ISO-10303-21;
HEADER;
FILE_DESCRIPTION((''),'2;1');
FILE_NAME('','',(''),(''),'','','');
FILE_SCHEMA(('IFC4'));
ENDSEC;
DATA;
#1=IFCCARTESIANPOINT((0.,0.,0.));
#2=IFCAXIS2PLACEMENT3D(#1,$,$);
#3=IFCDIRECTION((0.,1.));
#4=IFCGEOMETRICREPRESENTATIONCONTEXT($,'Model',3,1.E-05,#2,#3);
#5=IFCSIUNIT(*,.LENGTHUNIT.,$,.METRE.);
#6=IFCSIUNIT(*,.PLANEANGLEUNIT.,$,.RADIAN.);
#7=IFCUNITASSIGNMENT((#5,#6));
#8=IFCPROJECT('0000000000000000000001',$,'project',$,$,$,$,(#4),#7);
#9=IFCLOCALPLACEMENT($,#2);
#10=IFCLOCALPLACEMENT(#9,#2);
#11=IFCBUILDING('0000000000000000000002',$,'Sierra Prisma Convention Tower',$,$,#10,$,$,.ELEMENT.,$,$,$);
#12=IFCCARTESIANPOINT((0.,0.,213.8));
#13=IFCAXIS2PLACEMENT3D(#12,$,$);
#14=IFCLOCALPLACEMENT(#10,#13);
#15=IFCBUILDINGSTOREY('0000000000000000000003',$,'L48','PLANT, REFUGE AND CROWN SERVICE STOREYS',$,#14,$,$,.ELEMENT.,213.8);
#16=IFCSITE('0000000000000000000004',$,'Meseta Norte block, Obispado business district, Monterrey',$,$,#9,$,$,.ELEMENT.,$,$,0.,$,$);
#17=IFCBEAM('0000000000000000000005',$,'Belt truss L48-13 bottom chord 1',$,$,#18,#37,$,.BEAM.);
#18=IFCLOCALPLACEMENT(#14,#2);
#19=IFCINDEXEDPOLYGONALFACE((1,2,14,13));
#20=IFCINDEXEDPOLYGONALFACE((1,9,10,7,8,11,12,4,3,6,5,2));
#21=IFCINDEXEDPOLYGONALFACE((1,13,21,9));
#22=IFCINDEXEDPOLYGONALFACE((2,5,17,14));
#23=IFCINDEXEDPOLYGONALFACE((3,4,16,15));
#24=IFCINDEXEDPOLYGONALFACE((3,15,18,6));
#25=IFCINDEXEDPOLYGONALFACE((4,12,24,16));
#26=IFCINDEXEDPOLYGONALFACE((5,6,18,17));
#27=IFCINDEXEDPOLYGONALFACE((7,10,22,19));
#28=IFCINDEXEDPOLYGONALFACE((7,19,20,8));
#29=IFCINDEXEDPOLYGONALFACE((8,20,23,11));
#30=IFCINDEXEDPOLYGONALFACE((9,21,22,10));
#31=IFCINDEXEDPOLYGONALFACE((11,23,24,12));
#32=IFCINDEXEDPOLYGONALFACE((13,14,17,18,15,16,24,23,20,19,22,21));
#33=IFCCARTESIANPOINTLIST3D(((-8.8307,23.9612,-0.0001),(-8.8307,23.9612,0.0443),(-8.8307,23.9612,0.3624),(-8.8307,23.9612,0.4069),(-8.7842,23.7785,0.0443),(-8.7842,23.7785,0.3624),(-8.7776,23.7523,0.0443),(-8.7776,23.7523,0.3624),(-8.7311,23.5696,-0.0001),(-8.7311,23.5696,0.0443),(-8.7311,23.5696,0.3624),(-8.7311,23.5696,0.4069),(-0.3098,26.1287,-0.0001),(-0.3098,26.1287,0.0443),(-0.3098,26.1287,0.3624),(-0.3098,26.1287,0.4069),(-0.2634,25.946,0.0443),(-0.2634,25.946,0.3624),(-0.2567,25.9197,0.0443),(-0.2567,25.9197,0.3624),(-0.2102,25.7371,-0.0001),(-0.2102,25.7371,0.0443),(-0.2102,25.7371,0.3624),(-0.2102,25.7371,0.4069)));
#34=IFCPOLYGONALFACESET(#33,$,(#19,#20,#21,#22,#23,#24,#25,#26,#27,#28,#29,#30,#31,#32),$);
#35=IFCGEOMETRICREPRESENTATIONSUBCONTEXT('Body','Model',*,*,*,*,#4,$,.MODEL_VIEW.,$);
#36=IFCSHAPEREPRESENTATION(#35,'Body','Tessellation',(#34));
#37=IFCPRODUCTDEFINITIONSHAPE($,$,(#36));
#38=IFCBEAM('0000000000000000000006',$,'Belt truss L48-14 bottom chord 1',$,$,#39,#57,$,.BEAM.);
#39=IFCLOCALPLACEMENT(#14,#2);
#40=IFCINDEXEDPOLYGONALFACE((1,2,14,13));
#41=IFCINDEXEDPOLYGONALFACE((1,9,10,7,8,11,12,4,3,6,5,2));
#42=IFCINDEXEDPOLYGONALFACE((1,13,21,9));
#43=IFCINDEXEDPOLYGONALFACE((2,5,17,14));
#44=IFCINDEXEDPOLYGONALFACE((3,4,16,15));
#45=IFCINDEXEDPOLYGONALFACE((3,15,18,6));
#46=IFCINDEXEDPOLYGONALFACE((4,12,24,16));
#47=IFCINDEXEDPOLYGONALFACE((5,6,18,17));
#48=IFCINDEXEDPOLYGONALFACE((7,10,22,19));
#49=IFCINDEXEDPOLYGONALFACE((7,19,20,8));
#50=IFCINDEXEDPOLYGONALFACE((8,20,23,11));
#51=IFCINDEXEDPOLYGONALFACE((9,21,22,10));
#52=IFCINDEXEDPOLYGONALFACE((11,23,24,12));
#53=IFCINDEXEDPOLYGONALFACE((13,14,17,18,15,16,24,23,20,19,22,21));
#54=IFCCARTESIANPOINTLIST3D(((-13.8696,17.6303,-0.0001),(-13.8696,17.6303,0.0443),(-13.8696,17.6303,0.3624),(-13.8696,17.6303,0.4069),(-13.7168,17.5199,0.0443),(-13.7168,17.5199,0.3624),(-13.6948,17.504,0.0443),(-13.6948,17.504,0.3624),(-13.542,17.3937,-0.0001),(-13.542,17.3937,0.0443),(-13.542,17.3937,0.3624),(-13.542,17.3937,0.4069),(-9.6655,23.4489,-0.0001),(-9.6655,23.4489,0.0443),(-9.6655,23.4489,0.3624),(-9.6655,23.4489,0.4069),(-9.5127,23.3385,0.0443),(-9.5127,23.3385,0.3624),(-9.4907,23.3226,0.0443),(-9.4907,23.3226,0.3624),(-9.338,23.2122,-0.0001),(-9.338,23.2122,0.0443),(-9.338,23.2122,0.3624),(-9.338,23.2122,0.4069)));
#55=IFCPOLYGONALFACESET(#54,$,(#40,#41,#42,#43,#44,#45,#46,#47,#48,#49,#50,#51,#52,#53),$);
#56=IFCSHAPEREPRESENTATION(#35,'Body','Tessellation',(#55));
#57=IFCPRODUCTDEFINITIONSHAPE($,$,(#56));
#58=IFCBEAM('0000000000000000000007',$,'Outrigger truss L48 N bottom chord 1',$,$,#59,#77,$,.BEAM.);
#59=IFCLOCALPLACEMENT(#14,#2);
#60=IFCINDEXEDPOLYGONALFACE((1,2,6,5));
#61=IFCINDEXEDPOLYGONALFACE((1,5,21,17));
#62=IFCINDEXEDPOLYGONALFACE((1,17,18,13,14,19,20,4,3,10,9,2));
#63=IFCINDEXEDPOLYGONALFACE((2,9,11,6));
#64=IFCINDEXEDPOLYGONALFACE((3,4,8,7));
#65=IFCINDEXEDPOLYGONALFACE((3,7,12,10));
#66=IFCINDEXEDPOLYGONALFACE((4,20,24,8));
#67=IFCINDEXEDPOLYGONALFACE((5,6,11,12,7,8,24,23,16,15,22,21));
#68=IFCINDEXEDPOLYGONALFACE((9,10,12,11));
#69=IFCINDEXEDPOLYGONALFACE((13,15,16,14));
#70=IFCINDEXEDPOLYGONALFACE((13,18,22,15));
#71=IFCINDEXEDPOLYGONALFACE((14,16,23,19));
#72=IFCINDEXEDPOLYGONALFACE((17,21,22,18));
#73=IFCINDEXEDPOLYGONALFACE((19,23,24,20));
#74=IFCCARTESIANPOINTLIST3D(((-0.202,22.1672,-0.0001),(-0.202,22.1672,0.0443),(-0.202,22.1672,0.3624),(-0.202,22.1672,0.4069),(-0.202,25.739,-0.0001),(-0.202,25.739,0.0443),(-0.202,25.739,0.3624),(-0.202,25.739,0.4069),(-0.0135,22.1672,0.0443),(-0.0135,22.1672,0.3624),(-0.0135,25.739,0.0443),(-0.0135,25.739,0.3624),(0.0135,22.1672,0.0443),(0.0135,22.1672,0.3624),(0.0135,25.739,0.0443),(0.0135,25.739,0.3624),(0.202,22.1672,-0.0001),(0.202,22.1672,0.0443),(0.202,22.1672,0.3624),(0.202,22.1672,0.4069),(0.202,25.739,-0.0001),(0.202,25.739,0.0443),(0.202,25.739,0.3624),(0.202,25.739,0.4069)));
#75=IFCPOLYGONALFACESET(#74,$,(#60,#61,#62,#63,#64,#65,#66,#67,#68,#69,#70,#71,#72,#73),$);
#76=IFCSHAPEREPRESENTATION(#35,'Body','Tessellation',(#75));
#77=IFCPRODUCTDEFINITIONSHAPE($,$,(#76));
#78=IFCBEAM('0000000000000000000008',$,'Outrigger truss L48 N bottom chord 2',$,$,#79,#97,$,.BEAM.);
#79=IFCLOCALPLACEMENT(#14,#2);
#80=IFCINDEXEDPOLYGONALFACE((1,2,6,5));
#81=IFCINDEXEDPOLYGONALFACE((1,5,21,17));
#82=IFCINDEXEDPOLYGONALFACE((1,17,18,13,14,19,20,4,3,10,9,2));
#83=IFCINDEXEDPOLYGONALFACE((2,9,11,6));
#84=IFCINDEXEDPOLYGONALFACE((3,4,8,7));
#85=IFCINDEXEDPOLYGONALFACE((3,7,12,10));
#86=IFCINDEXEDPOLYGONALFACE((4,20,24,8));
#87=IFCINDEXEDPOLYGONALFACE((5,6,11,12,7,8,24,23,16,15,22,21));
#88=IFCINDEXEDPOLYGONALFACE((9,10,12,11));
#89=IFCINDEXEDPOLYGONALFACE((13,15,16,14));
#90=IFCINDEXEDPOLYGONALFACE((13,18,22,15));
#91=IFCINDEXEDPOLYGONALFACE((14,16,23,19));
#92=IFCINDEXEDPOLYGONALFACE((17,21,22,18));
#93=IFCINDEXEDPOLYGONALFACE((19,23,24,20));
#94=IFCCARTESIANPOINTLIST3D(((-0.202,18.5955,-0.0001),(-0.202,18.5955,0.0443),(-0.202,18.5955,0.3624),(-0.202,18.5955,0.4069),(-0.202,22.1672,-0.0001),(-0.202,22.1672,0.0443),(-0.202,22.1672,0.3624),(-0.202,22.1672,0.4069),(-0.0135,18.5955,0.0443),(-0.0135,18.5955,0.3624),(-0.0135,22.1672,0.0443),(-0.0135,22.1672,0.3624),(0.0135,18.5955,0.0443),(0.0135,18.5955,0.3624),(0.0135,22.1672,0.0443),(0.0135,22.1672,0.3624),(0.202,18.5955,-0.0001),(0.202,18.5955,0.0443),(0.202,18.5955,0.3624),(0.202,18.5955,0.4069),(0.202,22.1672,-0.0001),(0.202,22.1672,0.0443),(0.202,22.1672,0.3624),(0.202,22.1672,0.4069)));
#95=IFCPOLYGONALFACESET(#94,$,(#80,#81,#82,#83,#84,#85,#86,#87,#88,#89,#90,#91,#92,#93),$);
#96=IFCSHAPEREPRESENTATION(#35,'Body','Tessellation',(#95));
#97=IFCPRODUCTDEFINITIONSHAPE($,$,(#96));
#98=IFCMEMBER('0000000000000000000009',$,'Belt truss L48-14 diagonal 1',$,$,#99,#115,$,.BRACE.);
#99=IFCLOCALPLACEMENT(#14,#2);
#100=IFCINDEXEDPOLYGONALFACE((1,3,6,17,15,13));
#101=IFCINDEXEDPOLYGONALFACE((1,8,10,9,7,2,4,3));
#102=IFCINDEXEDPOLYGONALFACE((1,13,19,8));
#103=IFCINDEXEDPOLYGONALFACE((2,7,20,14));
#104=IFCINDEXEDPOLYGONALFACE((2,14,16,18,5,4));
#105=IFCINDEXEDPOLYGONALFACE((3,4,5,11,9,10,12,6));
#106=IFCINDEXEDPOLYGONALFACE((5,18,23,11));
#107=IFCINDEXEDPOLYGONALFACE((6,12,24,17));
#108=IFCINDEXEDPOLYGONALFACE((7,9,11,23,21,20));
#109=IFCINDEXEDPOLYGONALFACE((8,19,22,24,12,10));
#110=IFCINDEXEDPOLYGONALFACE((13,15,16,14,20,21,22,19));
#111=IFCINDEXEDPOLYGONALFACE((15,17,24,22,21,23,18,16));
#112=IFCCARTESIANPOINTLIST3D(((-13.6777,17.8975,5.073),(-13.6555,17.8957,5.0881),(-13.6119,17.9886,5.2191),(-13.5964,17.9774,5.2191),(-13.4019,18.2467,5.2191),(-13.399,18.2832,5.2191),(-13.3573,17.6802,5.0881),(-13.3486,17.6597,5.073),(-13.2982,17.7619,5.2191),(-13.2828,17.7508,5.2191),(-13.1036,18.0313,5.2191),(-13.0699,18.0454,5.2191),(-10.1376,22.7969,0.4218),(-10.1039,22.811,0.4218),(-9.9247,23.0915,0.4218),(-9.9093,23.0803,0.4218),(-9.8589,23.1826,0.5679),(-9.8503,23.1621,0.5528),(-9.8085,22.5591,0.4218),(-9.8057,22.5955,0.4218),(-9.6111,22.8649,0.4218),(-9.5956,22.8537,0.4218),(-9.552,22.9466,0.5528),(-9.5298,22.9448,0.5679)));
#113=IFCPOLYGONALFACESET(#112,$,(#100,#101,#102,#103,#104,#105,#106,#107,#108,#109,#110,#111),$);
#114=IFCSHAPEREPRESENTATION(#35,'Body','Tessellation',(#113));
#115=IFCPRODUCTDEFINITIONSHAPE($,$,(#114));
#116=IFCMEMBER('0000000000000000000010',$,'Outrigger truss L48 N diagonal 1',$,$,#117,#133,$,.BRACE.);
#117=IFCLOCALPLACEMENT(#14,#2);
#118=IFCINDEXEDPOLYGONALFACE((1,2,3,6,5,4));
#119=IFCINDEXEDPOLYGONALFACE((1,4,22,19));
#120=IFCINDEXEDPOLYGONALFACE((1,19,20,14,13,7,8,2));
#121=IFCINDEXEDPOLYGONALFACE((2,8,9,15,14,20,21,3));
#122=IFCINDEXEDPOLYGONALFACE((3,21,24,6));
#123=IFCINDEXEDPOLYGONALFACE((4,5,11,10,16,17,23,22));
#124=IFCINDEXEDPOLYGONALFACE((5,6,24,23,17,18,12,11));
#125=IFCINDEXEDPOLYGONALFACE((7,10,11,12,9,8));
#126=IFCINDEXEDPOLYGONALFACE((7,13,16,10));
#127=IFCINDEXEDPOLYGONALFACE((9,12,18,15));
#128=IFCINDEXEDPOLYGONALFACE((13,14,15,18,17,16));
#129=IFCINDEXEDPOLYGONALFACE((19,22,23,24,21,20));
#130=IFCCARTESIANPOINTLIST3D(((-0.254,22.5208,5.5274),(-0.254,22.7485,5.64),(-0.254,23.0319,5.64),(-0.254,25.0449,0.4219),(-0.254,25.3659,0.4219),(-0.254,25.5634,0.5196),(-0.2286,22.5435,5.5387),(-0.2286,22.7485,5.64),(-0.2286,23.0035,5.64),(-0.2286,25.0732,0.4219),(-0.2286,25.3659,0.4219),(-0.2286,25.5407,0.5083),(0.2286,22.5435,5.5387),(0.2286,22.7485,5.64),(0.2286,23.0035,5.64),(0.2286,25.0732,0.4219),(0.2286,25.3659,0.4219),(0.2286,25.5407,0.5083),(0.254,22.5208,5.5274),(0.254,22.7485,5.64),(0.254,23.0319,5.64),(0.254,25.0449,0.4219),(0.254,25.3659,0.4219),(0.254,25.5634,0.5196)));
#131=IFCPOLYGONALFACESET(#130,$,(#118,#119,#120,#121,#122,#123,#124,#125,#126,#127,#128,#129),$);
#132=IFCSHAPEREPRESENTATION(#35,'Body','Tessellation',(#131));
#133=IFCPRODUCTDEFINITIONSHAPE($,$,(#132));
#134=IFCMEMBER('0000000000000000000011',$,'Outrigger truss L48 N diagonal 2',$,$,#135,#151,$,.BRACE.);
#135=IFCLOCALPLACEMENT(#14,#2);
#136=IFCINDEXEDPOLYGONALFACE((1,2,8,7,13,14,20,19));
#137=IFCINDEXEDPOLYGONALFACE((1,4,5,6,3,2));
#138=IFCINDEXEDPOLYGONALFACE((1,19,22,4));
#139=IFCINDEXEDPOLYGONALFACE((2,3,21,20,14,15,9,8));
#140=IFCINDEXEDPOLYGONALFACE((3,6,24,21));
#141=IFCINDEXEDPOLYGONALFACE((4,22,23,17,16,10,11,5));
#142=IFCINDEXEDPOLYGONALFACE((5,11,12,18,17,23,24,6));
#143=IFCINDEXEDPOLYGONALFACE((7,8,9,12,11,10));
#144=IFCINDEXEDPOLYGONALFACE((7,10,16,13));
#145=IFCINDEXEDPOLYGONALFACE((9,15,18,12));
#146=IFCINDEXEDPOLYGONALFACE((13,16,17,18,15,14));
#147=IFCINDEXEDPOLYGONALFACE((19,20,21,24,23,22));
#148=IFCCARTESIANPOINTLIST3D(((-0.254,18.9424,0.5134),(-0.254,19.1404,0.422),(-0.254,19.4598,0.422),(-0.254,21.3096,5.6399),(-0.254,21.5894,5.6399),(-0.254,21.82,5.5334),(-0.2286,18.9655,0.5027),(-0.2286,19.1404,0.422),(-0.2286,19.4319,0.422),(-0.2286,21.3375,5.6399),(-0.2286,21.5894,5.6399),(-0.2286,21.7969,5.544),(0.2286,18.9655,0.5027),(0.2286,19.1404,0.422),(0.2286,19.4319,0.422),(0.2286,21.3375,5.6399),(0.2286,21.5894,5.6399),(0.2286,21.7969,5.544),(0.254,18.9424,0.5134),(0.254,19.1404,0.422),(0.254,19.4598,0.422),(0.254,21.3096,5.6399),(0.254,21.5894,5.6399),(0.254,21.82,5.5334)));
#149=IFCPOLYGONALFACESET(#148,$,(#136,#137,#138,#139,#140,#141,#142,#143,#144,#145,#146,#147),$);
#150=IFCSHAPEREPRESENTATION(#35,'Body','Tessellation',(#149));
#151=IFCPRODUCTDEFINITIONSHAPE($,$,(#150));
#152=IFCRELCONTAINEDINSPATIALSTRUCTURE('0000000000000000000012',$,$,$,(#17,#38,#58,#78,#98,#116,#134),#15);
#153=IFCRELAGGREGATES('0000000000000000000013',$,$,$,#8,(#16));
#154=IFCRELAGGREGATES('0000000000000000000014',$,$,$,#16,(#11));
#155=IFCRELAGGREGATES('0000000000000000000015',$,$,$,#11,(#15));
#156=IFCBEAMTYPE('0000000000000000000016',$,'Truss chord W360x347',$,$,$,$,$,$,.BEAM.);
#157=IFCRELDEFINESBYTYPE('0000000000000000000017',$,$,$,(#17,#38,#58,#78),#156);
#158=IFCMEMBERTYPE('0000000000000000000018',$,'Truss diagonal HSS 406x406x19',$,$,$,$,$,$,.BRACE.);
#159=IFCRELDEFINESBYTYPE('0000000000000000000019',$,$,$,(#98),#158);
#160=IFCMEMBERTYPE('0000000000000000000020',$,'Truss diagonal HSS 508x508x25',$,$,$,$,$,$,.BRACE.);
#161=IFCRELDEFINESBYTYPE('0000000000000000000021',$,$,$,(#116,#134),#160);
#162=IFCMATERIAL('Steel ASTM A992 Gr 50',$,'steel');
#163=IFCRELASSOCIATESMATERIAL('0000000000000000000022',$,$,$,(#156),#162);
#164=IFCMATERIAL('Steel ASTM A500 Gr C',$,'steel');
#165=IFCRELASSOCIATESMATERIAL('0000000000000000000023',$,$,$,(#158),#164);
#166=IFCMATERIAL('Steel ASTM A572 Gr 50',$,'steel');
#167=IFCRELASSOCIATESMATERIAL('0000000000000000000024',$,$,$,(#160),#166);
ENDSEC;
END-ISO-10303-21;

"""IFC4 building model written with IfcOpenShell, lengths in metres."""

from ifc_helpers import new_model, si_unit, direction, frame, origin, origin_2d, place, context, subcontext, project, spatial, hollow_rectangle, i_section, extrude, clip, halfspace, material, material_profile, profile_set, type_object, element, save


model = new_model("IFC4")

# Units and contexts
model_context = context("Model", 3, precision=1e-05, world=origin(), true_north=direction((0.0, 1.0)))
body_context = subcontext(model_context, "Body", "Model", "MODEL_VIEW")
ifc_project = project(units=[si_unit("LENGTHUNIT", "METRE"), si_unit("PLANEANGLEUNIT", "RADIAN")], contexts=[model_context])

# Site, building, storey
site_placement = place(None, origin())
site = spatial("IfcSite", under=ifc_project, at=site_placement, Name="Meseta Norte block, Obispado business district, Monterrey", CompositionType="ELEMENT", RefElevation=0.0)
building_placement = place(site_placement, origin())
building = spatial("IfcBuilding", under=site, at=building_placement, Name="Sierra Prisma Convention Tower", CompositionType="ELEMENT")
storey_placement = place(building_placement, frame((0.0, 0.0, 213.8)))
storey = spatial("IfcBuildingStorey", under=building, at=storey_placement, Name="L48", Description="PLANT, REFUGE AND CROWN SERVICE STOREYS", CompositionType="ELEMENT", Elevation=213.8)

# Beams
ifc_material_1 = material(Name="Steel ASTM A992 Gr 50", Category="steel")
ifc_material_profile_1 = material_profile(ifc_material_1, i_section(OverallWidth=0.4041, OverallDepth=0.407, WebThickness=0.0271, FlangeThickness=0.0444, at=origin_2d()), Name="W360x347")
ifc_profile_set_1 = profile_set([ifc_material_profile_1], Name="Steel ASTM A992 Gr 50")
beam_type_1 = type_object("IfcBeamType", Name="Truss chord W360x347", PredefinedType="BEAM", material=ifc_profile_set_1)
beam_1_placement = place(storey_placement, frame((-0.26, 25.9329, 0.2034), z_axis=(-0.969138, -0.246519, 0.0), x_axis=(0.246519, -0.969138, 0.0)))
element("IfcBeam", 1, at=beam_1_placement, inside=storey, type_object=beam_type_1, Name="Belt truss L48-13 bottom chord 1", PredefinedType="BEAM", context=body_context, shape_type="SweptSolid", body=[
    extrude(i_section(OverallWidth=0.4041, OverallDepth=0.407, WebThickness=0.0271, FlangeThickness=0.0444, at=origin_2d()), origin(), (0.0, 0.0, 1.0), 8.7922),
])
beam_2_placement = place(storey_placement, frame((-9.5017, 23.3306, 0.2034), z_axis=(-0.585653, -0.810562, 0.0), x_axis=(0.810562, -0.585653, 0.0)))
element("IfcBeam", 2, at=beam_2_placement, inside=storey, type_object=beam_type_1, Name="Belt truss L48-14 bottom chord 1", PredefinedType="BEAM", context=body_context, shape_type="SweptSolid", body=[
    extrude(i_section(OverallWidth=0.4041, OverallDepth=0.407, WebThickness=0.0271, FlangeThickness=0.0444, at=origin_2d()), origin(), (0.0, 0.0, 1.0), 7.1785),
])
for number, where, z_axis, x_axis, name in (
    (3, (0.0, 25.739, 0.2034), (0.0, -1.0, 0.0), (1.0, 0.0, 0.0), "Outrigger truss L48 N bottom chord 1"),
    (4, (0.0, 22.1672, 0.2034), (0.0, -1.0, 0.0), (1.0, 0.0, 0.0), "Outrigger truss L48 N bottom chord 2"),
):
    element("IfcBeam", number, at=place(storey_placement, frame(where, z_axis=z_axis, x_axis=x_axis)), inside=storey, type_object=beam_type_1, Name=name, PredefinedType="BEAM", context=body_context, shape_type="SweptSolid", body=[
        extrude(i_section(OverallWidth=0.4041, OverallDepth=0.407, WebThickness=0.0271, FlangeThickness=0.0444, at=origin_2d()), origin(), (0.0, 0.0, 1.0), 3.5718),
    ])

# Members
ifc_material_2 = material(Name="Steel ASTM A500 Gr C", Category="steel")
ifc_material_profile_2 = material_profile(ifc_material_2, hollow_rectangle(XDim=0.406, YDim=0.406, WallThickness=0.019, at=origin_2d()), Name="Truss diagonal HSS 406x406x19")
ifc_profile_set_2 = profile_set([ifc_material_profile_2], Name="Steel ASTM A500 Gr C")
member_type_1 = type_object("IfcMemberType", Name="Truss diagonal HSS 406x406x19", PredefinedType="BRACE", material=ifc_profile_set_2)
member_1_placement = place(storey_placement, frame((-9.7668, 22.9634, 0.407), z_axis=(-0.464158, -0.642381, 0.609839), x_axis=(0.81055, -0.58567, 0.0)))
element("IfcMember", 5, at=member_1_placement, inside=storey, type_object=member_type_1, Name="Belt truss L48-14 diagonal 1", PredefinedType="BRACE", context=body_context, shape_type="SweptSolid", body=[
    clip(clip(extrude(hollow_rectangle(XDim=0.406, YDim=0.406, WallThickness=0.019, at=origin_2d()), origin(), (0.0, 0.0, 1.0), 7.915), halfspace(frame((0.0, 0.0117, 0.009), z_axis=(0.0, 0.792526, 0.609839), x_axis=(1.0, 0.0, 0.0)), True)), halfspace(frame((0.0, -0.0117, 7.906), z_axis=(0.0, -0.792525, -0.609839), x_axis=(1.0, 0.0, 0.0)), True)),
])
ifc_material_3 = material(Name="Steel ASTM A572 Gr 50", Category="steel")
ifc_material_profile_3 = material_profile(ifc_material_3, hollow_rectangle(XDim=0.5081, YDim=0.5081, WallThickness=0.0254, at=origin_2d()), Name="Truss diagonal HSS 508x508x25")
ifc_profile_set_3 = profile_set([ifc_material_profile_3], Name="Steel ASTM A572 Gr 50")
member_type_2 = type_object("IfcMemberType", Name="Truss diagonal HSS 508x508x25", PredefinedType="BRACE", material=ifc_profile_set_3)
member_2_placement = place(storey_placement, frame((0.0, 25.3357, 0.407), z_axis=(0.0, -0.443194, 0.896426), x_axis=(1.0, 0.0, 0.0)))
element("IfcMember", 6, at=member_2_placement, inside=storey, type_object=member_type_2, Name="Outrigger truss L48 N diagonal 1", PredefinedType="BRACE", context=body_context, shape_type="SweptSolid", body=[
    clip(clip(extrude(hollow_rectangle(XDim=0.5081, YDim=0.5081, WallThickness=0.0254, at=origin_2d()), origin(), (0.0, 0.0, 1.0), 5.8376), halfspace(frame((0.0, 0.0066, 0.0134), z_axis=(0.0, 0.443194, 0.896426), x_axis=(1.0, 0.0, 0.0)), True)), halfspace(frame((0.0, 0.0, 5.8376), z_axis=(0.0, -0.443194, -0.896426), x_axis=(1.0, 0.0, 0.0)), True)),
])
member_3_placement = place(storey_placement, frame((0.0, 21.5894, 5.6399), z_axis=(0.0, -0.419211, -0.907889), x_axis=(1.0, 0.0, 0.0)))
element("IfcMember", 7, at=member_3_placement, inside=storey, type_object=member_type_2, Name="Outrigger truss L48 N diagonal 2", PredefinedType="BRACE", context=body_context, shape_type="SweptSolid", body=[
    clip(clip(extrude(hollow_rectangle(XDim=0.5081, YDim=0.5081, WallThickness=0.0254, at=origin_2d()), origin(), (0.0, 0.0, 1.0), 5.7639), halfspace(frame((0.0, 0.0, 0.0), z_axis=(0.0, -0.419211, 0.907889), x_axis=(1.0, 0.0, 0.0)), True)), halfspace(frame((0.0, 0.0063, 5.7502), z_axis=(0.0, 0.419211, -0.907889), x_axis=(1.0, 0.0, 0.0)), True)),
])

save(model, "model.ifc")
